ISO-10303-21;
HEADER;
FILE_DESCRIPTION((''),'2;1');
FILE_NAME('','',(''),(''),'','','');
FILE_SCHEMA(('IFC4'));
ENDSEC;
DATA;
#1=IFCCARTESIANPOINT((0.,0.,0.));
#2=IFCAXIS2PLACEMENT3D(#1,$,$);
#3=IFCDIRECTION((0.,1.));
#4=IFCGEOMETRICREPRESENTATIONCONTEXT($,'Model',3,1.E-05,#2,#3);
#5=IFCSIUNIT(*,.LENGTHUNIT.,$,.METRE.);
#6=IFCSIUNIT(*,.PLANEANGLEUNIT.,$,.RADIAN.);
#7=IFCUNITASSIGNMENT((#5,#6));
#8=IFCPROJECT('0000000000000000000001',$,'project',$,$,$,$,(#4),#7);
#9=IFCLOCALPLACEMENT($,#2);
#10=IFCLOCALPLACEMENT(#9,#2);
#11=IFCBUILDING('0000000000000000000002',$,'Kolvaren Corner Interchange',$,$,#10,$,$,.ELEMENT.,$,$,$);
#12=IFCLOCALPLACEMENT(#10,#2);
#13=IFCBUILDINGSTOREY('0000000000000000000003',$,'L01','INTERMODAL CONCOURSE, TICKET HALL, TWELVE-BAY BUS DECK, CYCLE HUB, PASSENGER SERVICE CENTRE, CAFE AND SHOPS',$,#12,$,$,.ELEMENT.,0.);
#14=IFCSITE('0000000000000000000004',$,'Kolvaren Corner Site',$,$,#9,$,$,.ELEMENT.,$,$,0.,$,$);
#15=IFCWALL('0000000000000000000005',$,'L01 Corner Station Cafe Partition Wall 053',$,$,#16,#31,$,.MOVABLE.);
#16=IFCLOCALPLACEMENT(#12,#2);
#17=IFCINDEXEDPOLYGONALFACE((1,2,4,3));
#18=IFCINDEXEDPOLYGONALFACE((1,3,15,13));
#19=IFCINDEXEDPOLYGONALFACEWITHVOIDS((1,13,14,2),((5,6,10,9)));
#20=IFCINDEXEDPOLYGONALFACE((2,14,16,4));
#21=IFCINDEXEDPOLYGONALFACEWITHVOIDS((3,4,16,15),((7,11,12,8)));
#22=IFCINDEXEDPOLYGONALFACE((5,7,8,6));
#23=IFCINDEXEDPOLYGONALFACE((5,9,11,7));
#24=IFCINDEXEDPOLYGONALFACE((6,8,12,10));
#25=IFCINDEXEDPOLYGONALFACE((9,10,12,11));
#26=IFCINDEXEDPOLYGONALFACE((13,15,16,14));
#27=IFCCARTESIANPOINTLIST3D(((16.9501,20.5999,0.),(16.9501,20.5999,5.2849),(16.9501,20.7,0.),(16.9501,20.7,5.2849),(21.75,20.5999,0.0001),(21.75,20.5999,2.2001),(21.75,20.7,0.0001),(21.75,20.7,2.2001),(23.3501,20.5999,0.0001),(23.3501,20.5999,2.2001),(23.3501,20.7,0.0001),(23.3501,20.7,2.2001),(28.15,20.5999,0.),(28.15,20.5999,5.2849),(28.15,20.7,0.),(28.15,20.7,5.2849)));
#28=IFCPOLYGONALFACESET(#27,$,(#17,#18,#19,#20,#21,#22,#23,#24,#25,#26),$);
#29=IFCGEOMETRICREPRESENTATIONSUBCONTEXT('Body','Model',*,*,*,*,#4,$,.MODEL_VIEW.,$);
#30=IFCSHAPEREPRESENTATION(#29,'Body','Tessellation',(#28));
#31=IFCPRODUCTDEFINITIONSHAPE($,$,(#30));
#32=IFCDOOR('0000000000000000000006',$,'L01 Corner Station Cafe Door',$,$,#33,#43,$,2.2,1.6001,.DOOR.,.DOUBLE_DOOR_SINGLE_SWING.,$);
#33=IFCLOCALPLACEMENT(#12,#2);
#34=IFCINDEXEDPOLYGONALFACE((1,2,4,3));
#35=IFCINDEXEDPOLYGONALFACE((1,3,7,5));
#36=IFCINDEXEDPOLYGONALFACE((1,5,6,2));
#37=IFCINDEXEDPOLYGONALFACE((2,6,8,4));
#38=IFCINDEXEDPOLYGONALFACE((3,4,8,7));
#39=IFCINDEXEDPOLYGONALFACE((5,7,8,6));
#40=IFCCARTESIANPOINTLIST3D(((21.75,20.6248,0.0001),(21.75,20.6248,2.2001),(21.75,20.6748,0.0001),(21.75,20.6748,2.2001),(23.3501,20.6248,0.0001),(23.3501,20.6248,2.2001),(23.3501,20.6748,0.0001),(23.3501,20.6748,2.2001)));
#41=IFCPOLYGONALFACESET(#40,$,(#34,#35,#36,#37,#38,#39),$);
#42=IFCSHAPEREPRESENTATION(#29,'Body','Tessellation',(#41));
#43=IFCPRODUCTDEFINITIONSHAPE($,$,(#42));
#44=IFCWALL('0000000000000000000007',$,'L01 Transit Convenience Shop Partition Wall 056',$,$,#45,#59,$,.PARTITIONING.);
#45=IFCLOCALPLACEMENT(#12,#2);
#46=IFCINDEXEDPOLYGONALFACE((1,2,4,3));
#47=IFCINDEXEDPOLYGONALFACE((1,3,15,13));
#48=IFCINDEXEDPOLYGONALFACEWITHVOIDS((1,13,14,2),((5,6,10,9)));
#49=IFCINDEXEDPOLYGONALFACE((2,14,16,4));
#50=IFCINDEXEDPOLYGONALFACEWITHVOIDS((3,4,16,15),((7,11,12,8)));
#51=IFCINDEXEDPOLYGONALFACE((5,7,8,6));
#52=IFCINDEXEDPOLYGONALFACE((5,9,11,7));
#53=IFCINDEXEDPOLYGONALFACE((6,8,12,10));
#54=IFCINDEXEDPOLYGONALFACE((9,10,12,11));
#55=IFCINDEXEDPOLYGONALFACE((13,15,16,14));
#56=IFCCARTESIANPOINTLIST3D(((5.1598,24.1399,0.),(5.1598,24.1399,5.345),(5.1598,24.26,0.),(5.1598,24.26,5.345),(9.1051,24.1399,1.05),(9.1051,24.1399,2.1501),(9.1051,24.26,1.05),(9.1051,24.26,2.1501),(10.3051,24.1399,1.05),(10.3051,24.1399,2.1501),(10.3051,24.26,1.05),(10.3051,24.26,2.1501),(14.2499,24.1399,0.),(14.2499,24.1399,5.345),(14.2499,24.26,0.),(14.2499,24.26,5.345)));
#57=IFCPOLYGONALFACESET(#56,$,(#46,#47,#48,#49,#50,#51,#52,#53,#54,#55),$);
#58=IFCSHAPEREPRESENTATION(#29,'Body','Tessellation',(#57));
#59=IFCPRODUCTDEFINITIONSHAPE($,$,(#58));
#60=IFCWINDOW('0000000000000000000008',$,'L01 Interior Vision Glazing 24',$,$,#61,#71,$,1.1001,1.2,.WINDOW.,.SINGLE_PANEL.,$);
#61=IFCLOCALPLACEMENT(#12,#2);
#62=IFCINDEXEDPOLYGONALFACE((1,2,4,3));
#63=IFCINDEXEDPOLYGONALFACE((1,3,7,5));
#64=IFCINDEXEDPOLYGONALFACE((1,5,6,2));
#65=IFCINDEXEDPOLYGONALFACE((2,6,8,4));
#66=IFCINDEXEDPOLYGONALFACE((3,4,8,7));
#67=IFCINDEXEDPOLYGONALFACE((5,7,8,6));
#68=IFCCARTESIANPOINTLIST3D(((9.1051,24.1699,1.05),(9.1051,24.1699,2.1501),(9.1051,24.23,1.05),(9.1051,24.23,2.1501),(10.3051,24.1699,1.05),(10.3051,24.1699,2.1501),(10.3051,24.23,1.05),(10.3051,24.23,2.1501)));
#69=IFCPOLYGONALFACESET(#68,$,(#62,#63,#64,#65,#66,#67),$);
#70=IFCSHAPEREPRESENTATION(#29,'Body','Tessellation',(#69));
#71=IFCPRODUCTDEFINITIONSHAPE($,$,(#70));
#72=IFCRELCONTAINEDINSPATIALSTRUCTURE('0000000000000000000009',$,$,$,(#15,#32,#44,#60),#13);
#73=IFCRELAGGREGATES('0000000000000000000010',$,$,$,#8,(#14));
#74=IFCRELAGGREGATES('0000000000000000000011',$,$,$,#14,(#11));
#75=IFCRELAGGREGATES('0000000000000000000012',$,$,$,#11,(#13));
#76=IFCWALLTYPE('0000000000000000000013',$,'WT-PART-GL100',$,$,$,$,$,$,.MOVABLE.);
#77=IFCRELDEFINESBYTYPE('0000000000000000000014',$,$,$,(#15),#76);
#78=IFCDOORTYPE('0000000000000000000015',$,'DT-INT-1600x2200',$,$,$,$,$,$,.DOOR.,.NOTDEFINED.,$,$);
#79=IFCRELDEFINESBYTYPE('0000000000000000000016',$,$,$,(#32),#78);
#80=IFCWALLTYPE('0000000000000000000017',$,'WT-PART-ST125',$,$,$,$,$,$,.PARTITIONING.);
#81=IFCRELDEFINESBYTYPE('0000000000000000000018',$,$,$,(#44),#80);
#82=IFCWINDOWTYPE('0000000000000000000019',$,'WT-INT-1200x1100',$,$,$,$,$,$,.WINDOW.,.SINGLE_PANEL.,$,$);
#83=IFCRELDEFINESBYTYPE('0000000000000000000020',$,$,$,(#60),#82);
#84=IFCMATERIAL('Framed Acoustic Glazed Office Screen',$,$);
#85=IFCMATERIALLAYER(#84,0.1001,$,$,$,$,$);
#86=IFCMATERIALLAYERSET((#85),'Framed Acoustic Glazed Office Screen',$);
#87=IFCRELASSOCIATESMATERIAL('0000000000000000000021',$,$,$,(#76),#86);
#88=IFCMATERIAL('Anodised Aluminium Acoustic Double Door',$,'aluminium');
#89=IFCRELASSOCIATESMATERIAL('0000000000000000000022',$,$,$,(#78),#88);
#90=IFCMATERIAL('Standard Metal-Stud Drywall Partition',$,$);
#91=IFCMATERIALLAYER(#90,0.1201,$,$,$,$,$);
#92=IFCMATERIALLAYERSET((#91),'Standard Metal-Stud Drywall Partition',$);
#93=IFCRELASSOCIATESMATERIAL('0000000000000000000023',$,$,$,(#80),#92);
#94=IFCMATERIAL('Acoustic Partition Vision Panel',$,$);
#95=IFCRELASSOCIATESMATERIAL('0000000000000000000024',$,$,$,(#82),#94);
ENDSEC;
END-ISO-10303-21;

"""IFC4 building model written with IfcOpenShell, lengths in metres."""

from ifc_helpers import new_model, si_unit, direction, frame, frame_2d, origin, place, context, subcontext, project, spatial, rectangle, extrude, material, layer, layer_set, type_object, element, fill, save


model = new_model("IFC4")

# Units and contexts
model_context = context("Model", 3, precision=1e-05, world=origin(), true_north=direction((0.0, 1.0)))
body_context = subcontext(model_context, "Body", "Model", "MODEL_VIEW")
ifc_project = project(units=[si_unit("LENGTHUNIT", "METRE"), si_unit("PLANEANGLEUNIT", "RADIAN")], contexts=[model_context])

# Site, building, storey
site_placement = place(None, origin())
site = spatial("IfcSite", under=ifc_project, at=site_placement, Name="Kolvaren Corner Site", CompositionType="ELEMENT", RefElevation=0.0)
building_placement = place(site_placement, origin())
building = spatial("IfcBuilding", under=site, at=building_placement, Name="Kolvaren Corner Interchange", CompositionType="ELEMENT")
storey_placement = place(building_placement, origin())
storey = spatial("IfcBuildingStorey", under=building, at=storey_placement, Name="L01", Description="INTERMODAL CONCOURSE, TICKET HALL, TWELVE-BAY BUS DECK, CYCLE HUB, PASSENGER SERVICE CENTRE, CAFE AND SHOPS", CompositionType="ELEMENT", Elevation=0.0)

# Wall, opening, door
ifc_material_1 = material(Name="Framed Acoustic Glazed Office Screen")
ifc_layer_1 = layer(ifc_material_1, 0.1001)
ifc_layer_set_1 = layer_set([ifc_layer_1], Name="Framed Acoustic Glazed Office Screen")
wall_type_1 = type_object("IfcWallType", Name="WT-PART-GL100", PredefinedType="MOVABLE", material=ifc_layer_set_1)
wall_1_placement = place(storey_placement, frame((16.95, 20.6499, 0.0), z_axis=(0.0, 0.0, 1.0), x_axis=(1.0, 0.0, 0.0)))
wall_1 = element("IfcWall", 1, at=wall_1_placement, inside=storey, type_object=wall_type_1, Name="L01 Corner Station Cafe Partition Wall 053", PredefinedType="MOVABLE", context=body_context, shape_type="SweptSolid", body=[
    extrude(rectangle(XDim=11.2, YDim=0.1001, at=frame_2d((5.6001, 0.0))), origin(), (0.0, 0.0, 1.0), 5.2849),
])
opening_1_placement = place(wall_1_placement, frame((4.8, 0.0, 0.0)))
opening_1 = element("IfcOpeningElement", 2, at=opening_1_placement, cuts=wall_1, PredefinedType="OPENING", context=body_context, shape_type="SweptSolid", body=[
    extrude(rectangle(XDim=1.6001, YDim=2.2, at=frame_2d((0.8, 1.1001))), frame((0.0, 0.0601, 0.0), z_axis=(0.0, -1.0, 0.0), x_axis=(1.0, 0.0, 0.0)), (0.0, 0.0, 1.0), 0.1201),
])
ifc_material_2 = material(Name="Anodised Aluminium Acoustic Double Door", Category="aluminium")
door_type = type_object("IfcDoorType", Name="DT-INT-1600x2200", OperationType="NOTDEFINED", PredefinedType="DOOR", material=ifc_material_2)
door_placement = place(opening_1_placement, origin())
door = element("IfcDoor", 3, at=door_placement, inside=storey, type_object=door_type, Name="L01 Corner Station Cafe Door", OperationType="DOUBLE_DOOR_SINGLE_SWING", OverallHeight=2.2, OverallWidth=1.6001, PredefinedType="DOOR", context=body_context, shape_type="SweptSolid", body=[
    extrude(rectangle(XDim=1.6001, YDim=2.2, at=frame_2d((0.8, 1.1001))), frame((0.0, 0.0249, 0.0), z_axis=(0.0, -1.0, 0.0), x_axis=(1.0, 0.0, 0.0)), (0.0, 0.0, 1.0), 0.05),
])
fill(opening_1, door)

# Wall, opening, window
ifc_material_3 = material(Name="Standard Metal-Stud Drywall Partition")
ifc_layer_2 = layer(ifc_material_3, 0.1201)
ifc_layer_set_2 = layer_set([ifc_layer_2], Name="Standard Metal-Stud Drywall Partition")
wall_type_2 = type_object("IfcWallType", Name="WT-PART-ST125", PredefinedType="PARTITIONING", material=ifc_layer_set_2)
wall_2_placement = place(storey_placement, frame((5.1599, 24.2, 0.0), z_axis=(0.0, 0.0, 1.0), x_axis=(1.0, 0.0, 0.0)))
wall_2 = element("IfcWall", 4, at=wall_2_placement, inside=storey, type_object=wall_type_2, Name="L01 Transit Convenience Shop Partition Wall 056", PredefinedType="PARTITIONING", context=body_context, shape_type="SweptSolid", body=[
    extrude(rectangle(XDim=9.0901, YDim=0.1201, at=frame_2d((4.5449, 0.0))), origin(), (0.0, 0.0, 1.0), 5.345),
])
opening_2_placement = place(wall_2_placement, frame((3.9451, 0.0, 1.05)))
opening_2 = element("IfcOpeningElement", 5, at=opening_2_placement, cuts=wall_2, PredefinedType="OPENING", context=body_context, shape_type="SweptSolid", body=[
    extrude(rectangle(XDim=1.2, YDim=1.1001, at=frame_2d((0.6001, 0.55))), frame((0.0, 0.0701, 0.0), z_axis=(0.0, -1.0, 0.0), x_axis=(1.0, 0.0, 0.0)), (0.0, 0.0, 1.0), 0.1401),
])
ifc_material_4 = material(Name="Acoustic Partition Vision Panel")
window_type = type_object("IfcWindowType", Name="WT-INT-1200x1100", PartitioningType="SINGLE_PANEL", PredefinedType="WINDOW", material=ifc_material_4)
window_placement = place(opening_2_placement, origin())
window = element("IfcWindow", 6, at=window_placement, inside=storey, type_object=window_type, Name="L01 Interior Vision Glazing 24", OverallHeight=1.1001, OverallWidth=1.2, PartitioningType="SINGLE_PANEL", PredefinedType="WINDOW", context=body_context, shape_type="SweptSolid", body=[
    extrude(rectangle(XDim=1.2, YDim=1.1001, at=frame_2d((0.6001, 0.55))), frame((0.0, 0.03, 0.0), z_axis=(0.0, -1.0, 0.0), x_axis=(1.0, 0.0, 0.0)), (0.0, 0.0, 1.0), 0.0601),
])
fill(opening_2, window)

save(model, "model.ifc")
